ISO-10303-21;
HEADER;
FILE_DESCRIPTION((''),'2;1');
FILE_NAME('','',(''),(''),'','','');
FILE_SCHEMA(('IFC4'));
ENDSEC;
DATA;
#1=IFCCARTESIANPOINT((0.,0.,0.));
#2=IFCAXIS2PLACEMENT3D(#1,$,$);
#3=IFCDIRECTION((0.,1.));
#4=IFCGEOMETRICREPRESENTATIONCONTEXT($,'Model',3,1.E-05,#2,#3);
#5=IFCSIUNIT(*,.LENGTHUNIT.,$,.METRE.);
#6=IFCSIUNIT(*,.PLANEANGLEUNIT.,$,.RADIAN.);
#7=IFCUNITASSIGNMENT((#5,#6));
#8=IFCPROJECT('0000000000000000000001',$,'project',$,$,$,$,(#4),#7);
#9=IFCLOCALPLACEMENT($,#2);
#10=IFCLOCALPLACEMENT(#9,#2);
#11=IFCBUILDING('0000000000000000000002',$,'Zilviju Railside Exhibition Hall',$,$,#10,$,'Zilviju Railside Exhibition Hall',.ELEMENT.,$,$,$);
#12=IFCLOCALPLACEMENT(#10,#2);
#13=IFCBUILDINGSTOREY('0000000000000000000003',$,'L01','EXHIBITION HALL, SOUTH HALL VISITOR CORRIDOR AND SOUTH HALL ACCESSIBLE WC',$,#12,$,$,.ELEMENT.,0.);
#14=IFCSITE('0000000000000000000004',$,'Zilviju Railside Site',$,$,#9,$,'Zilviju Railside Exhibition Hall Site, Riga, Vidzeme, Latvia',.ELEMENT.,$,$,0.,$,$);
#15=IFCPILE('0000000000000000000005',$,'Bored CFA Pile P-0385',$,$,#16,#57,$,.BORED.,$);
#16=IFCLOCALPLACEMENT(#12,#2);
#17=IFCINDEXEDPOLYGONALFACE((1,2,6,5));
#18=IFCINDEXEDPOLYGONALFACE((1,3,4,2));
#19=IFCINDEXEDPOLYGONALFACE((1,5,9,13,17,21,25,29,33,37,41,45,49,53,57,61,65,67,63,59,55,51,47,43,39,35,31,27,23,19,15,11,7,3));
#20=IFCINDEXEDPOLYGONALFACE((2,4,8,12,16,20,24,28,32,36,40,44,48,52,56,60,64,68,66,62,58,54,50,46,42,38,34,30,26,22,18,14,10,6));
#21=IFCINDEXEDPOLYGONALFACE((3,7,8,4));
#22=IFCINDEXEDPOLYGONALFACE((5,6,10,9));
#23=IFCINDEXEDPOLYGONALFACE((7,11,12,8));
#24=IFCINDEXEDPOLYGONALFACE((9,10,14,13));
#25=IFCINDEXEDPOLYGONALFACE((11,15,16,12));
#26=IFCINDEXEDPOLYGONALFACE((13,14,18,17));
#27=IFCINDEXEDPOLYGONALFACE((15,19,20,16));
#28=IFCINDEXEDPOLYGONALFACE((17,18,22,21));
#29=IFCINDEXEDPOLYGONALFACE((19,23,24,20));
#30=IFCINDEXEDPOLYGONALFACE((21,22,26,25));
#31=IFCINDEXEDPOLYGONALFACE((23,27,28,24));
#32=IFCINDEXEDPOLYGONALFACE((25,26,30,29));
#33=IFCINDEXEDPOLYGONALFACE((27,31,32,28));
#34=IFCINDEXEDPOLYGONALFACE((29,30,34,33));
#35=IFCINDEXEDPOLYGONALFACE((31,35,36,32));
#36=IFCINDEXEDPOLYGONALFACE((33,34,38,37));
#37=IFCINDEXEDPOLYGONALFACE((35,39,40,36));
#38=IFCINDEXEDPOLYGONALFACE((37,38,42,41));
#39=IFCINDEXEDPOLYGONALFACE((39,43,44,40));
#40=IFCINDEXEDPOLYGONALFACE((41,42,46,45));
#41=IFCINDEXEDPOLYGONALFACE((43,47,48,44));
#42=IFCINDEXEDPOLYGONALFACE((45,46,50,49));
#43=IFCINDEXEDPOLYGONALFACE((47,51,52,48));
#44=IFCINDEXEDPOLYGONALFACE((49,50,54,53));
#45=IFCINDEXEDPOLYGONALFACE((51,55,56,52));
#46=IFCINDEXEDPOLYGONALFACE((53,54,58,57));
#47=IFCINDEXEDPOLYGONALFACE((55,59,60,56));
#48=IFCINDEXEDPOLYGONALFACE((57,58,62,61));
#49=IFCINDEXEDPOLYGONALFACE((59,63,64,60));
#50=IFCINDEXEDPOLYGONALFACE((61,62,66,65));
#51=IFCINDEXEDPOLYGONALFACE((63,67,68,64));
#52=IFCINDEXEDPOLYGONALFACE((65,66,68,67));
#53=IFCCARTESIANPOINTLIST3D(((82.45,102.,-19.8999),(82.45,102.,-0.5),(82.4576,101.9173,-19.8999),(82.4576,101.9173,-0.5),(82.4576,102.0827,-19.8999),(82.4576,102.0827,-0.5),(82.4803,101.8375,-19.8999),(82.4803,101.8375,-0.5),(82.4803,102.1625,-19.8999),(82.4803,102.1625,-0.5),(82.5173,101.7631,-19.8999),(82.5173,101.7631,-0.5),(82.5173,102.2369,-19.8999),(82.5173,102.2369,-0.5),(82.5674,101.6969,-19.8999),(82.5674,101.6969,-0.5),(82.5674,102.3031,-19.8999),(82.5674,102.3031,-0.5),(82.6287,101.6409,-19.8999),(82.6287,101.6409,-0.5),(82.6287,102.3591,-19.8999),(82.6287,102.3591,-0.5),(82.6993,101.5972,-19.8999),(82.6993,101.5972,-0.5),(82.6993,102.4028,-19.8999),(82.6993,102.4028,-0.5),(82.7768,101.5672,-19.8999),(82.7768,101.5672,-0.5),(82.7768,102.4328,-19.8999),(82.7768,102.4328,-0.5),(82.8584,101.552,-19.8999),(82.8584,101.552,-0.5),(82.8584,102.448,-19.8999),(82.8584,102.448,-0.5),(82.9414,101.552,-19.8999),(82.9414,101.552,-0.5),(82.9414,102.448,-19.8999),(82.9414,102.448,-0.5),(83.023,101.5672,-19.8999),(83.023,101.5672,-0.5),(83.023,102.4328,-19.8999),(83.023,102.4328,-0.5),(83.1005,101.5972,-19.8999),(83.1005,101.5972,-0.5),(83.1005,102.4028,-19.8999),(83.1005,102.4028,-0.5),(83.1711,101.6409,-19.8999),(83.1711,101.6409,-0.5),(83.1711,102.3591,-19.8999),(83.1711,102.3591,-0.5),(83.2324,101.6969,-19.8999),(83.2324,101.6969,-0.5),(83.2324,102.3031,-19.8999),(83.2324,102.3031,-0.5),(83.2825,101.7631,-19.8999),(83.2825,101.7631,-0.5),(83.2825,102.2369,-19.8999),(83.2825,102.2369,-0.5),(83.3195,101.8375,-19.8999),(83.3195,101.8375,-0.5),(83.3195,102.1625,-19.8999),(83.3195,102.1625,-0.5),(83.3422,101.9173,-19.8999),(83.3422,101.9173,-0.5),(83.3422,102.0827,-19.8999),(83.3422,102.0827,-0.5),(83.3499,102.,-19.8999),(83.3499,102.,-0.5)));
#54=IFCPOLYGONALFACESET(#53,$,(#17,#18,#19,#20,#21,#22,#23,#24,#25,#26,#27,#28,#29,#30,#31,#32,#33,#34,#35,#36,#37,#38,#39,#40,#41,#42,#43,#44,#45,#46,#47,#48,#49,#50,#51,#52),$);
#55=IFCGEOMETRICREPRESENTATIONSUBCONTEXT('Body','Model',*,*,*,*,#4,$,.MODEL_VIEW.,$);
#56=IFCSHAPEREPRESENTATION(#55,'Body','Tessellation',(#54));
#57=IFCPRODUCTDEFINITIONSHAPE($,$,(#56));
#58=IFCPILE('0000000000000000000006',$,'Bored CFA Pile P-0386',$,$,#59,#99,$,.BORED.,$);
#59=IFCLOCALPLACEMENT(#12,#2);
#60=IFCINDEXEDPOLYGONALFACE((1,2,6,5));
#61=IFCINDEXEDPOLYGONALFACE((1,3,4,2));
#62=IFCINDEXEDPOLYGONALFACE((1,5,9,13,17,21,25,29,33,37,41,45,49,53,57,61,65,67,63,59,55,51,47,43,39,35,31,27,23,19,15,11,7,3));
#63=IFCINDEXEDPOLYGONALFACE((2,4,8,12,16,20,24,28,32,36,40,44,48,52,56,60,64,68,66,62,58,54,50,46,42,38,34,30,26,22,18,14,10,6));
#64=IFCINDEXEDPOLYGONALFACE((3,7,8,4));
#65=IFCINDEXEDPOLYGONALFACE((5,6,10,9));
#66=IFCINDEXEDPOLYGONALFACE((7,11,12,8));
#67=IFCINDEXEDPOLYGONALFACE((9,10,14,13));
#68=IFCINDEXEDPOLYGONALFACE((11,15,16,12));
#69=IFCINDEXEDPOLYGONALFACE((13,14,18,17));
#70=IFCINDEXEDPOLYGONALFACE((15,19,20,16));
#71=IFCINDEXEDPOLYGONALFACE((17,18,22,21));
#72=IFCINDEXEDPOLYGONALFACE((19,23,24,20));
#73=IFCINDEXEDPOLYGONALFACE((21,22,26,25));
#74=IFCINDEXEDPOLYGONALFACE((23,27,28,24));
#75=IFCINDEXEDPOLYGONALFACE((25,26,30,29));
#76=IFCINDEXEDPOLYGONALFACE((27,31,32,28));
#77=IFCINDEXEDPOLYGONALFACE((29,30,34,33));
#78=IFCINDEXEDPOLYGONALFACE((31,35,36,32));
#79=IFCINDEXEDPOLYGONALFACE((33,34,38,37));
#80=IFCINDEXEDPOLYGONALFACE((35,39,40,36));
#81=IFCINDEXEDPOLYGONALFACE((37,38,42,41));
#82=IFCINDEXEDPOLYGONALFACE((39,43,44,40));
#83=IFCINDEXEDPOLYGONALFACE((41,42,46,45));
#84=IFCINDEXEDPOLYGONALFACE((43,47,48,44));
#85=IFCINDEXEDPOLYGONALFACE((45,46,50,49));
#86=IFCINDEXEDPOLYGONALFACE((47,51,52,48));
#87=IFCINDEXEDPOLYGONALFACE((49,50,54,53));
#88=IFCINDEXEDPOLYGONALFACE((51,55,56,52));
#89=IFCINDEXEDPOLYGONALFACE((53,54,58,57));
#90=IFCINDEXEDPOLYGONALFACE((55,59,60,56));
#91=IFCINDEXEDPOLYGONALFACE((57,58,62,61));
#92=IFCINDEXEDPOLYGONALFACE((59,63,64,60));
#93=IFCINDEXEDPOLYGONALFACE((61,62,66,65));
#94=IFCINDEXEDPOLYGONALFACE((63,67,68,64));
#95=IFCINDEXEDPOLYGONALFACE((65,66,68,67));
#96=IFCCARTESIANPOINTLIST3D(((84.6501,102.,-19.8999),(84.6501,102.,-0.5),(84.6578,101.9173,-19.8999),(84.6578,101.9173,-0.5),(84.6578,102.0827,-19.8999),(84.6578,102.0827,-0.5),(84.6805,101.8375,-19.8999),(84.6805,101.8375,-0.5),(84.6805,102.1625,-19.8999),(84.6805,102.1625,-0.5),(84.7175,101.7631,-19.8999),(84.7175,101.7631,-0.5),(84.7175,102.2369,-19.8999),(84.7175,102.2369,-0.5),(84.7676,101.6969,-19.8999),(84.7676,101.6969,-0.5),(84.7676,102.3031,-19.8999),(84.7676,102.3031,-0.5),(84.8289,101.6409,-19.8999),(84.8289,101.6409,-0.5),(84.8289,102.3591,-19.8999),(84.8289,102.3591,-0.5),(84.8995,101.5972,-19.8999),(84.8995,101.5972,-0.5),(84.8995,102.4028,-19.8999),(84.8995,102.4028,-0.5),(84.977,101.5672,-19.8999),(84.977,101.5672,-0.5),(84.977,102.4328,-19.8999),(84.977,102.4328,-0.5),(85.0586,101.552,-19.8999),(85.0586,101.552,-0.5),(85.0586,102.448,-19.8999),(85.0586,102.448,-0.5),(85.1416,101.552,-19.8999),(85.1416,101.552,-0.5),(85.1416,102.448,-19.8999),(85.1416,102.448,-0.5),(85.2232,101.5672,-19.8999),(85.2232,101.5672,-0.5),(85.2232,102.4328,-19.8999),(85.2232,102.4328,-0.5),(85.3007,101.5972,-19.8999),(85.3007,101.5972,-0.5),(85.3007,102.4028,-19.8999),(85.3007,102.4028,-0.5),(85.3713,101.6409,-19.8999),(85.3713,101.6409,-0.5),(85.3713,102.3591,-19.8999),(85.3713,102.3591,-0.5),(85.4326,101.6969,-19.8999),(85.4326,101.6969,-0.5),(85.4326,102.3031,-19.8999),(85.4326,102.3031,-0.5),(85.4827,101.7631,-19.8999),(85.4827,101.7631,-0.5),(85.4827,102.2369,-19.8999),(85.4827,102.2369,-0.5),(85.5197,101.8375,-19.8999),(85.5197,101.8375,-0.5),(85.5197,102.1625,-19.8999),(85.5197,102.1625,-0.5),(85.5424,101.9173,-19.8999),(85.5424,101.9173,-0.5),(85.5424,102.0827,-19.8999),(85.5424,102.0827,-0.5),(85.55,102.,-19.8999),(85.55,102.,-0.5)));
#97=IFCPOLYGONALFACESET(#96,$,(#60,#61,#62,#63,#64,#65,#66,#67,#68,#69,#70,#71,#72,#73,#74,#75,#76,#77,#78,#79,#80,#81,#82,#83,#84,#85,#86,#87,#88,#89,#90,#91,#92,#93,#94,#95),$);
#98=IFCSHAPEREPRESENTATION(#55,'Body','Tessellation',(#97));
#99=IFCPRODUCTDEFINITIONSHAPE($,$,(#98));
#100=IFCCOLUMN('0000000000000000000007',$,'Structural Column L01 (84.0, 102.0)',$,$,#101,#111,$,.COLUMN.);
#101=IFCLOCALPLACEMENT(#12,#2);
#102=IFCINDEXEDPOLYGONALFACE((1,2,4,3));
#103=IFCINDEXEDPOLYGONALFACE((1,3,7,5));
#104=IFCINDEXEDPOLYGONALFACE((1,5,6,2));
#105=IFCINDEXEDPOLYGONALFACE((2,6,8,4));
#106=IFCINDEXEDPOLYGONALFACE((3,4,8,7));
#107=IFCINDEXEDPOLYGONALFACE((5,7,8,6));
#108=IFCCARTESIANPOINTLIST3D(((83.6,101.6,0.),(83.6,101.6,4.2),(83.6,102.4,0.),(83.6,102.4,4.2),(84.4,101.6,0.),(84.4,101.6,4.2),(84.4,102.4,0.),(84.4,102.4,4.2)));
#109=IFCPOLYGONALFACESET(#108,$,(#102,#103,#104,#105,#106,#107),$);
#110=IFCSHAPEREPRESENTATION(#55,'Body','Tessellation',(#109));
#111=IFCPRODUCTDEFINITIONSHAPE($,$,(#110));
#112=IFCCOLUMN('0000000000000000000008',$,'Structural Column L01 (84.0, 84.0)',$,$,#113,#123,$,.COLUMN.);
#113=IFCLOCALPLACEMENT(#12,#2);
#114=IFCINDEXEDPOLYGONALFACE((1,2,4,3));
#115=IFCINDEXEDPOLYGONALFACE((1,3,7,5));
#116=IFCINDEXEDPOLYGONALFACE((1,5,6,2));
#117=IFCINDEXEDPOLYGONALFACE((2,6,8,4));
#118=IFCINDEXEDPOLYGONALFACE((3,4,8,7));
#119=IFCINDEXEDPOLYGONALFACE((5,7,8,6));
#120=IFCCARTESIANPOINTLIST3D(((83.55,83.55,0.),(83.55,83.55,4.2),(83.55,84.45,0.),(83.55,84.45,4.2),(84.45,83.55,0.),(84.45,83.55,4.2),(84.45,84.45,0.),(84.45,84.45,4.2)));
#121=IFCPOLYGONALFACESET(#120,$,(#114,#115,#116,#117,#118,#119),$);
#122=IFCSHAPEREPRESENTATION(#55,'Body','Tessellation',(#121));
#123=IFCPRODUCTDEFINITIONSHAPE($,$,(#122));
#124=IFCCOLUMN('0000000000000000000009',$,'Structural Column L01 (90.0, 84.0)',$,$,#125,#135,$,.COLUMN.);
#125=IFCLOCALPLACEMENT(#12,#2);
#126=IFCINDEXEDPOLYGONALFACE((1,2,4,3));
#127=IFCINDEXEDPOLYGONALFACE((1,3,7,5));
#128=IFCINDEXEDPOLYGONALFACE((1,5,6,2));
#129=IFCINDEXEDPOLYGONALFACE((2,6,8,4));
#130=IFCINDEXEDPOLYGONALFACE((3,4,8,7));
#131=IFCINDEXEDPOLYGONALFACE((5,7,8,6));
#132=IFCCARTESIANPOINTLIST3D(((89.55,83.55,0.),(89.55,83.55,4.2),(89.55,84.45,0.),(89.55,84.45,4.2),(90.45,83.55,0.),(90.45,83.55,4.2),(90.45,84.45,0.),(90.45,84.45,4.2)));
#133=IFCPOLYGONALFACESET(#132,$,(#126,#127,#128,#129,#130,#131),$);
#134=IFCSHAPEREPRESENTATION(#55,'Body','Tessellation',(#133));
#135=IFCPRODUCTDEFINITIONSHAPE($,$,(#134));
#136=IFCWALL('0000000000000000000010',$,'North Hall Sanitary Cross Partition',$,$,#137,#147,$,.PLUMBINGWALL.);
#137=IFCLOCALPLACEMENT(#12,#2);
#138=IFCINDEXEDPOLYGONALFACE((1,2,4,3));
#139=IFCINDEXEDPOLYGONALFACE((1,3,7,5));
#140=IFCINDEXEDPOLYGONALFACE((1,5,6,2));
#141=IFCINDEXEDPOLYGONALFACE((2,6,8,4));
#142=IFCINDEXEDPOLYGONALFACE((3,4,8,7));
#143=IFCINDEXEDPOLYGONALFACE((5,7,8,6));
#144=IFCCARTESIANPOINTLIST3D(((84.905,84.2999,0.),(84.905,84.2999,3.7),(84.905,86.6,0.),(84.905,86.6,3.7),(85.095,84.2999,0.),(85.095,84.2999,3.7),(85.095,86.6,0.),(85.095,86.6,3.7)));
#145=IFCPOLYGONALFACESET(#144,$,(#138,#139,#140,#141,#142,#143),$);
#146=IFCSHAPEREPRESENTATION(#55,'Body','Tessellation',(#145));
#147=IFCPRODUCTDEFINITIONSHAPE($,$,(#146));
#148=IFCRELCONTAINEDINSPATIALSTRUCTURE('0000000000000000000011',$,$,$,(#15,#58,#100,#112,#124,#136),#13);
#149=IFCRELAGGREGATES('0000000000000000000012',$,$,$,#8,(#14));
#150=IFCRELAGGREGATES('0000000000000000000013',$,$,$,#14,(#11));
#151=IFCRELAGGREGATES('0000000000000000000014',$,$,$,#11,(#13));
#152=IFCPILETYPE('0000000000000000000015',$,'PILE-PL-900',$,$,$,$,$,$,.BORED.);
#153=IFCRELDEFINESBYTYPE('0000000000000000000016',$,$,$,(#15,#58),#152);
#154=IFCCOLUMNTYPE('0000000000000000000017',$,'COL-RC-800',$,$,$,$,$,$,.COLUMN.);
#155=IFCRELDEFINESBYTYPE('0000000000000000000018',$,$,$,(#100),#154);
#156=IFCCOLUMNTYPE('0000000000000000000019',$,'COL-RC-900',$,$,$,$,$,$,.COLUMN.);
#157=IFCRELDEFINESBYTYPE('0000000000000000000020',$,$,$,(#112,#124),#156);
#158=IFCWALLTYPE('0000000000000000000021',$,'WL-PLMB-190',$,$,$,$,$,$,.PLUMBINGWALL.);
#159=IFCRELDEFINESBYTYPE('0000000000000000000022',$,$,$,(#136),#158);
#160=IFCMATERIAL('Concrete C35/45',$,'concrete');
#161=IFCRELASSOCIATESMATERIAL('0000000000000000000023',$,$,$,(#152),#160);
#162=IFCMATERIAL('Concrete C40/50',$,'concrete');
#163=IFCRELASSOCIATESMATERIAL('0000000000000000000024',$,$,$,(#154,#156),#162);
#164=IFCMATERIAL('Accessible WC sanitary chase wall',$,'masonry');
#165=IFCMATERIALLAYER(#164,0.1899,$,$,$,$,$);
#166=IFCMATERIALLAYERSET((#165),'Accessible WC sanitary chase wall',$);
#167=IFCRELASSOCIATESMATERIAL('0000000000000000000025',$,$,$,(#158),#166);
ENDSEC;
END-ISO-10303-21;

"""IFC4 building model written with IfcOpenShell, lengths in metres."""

from ifc_helpers import new_model, si_unit, direction, frame, frame_2d, origin, origin_2d, place, context, subcontext, project, spatial, rectangle, circle, extrude, material, layer, layer_set, material_profile, profile_set, type_object, element, save


model = new_model("IFC4")

# Units and contexts
model_context = context("Model", 3, precision=1e-05, world=origin(), true_north=direction((0.0, 1.0)))
body_context = subcontext(model_context, "Body", "Model", "MODEL_VIEW")
ifc_project = project(units=[si_unit("LENGTHUNIT", "METRE"), si_unit("PLANEANGLEUNIT", "RADIAN")], contexts=[model_context])

# Site, building, storey
site_placement = place(None, origin())
site = spatial("IfcSite", under=ifc_project, at=site_placement, Name="Zilviju Railside Site", LongName="Zilviju Railside Exhibition Hall Site, Riga, Vidzeme, Latvia", CompositionType="ELEMENT", RefElevation=0.0)
building_placement = place(site_placement, origin())
building = spatial("IfcBuilding", under=site, at=building_placement, Name="Zilviju Railside Exhibition Hall", LongName="Zilviju Railside Exhibition Hall", CompositionType="ELEMENT")
storey_placement = place(building_placement, origin())
storey = spatial("IfcBuildingStorey", under=building, at=storey_placement, Name="L01", Description="EXHIBITION HALL, SOUTH HALL VISITOR CORRIDOR AND SOUTH HALL ACCESSIBLE WC", CompositionType="ELEMENT", Elevation=0.0)

# Shared definitions
ifc_material_1 = material(Name="Concrete C35/45", Category="concrete")

# Piles
ifc_material_profile_1 = material_profile(ifc_material_1, circle(Radius=0.45, at=origin_2d()), Name="CFA PILE D900")
ifc_profile_set_1 = profile_set([ifc_material_profile_1], Name="Concrete C35/45")
pile_type = type_object("IfcPileType", Name="PILE-PL-900", PredefinedType="BORED", material=ifc_profile_set_1)
for number, where, z_axis, x_axis, name in (
    (1, (82.8999, 102.0, -0.5), (0.0, 0.0, -1.0), (1.0, 0.0, 0.0), "Bored CFA Pile P-0385"),
    (2, (85.1001, 102.0, -0.5), (0.0, 0.0, -1.0), (1.0, 0.0, 0.0), "Bored CFA Pile P-0386"),
):
    element("IfcPile", number, at=place(storey_placement, frame(where, z_axis=z_axis, x_axis=x_axis)), inside=storey, type_object=pile_type, Name=name, PredefinedType="BORED", context=body_context, shape_type="SweptSolid", body=[
        extrude(circle(Radius=0.45, at=origin_2d()), origin(), (0.0, 0.0, 1.0), 19.3999),
    ])

# Columns
ifc_material_2 = material(Name="Concrete C40/50", Category="concrete")
ifc_material_profile_2 = material_profile(ifc_material_2, rectangle(XDim=0.8, YDim=0.8, at=origin_2d()), Name="RC COL 800x800")
ifc_profile_set_2 = profile_set([ifc_material_profile_2], Name="Concrete C40/50")
column_type_1 = type_object("IfcColumnType", Name="COL-RC-800", PredefinedType="COLUMN", material=ifc_profile_set_2)
column_placement = place(storey_placement, frame((84.0, 102.0, 0.0), z_axis=(0.0, 0.0, 1.0), x_axis=(1.0, 0.0, 0.0)))
element("IfcColumn", 3, at=column_placement, inside=storey, type_object=column_type_1, Name="Structural Column L01 (84.0, 102.0)", PredefinedType="COLUMN", context=body_context, shape_type="SweptSolid", body=[
    extrude(rectangle(XDim=0.8, YDim=0.8, at=origin_2d()), origin(), (0.0, 0.0, 1.0), 4.2),
])
ifc_material_profile_3 = material_profile(ifc_material_2, rectangle(XDim=0.8999, YDim=0.8999, at=origin_2d()), Name="RC COL 900x900")
ifc_profile_set_3 = profile_set([ifc_material_profile_3], Name="Concrete C40/50")
column_type_2 = type_object("IfcColumnType", Name="COL-RC-900", PredefinedType="COLUMN", material=ifc_profile_set_3)
for number, where, z_axis, x_axis, name in (
    (4, (84.0, 84.0, 0.0), (0.0, 0.0, 1.0), (1.0, 0.0, 0.0), "Structural Column L01 (84.0, 84.0)"),
    (5, (90.0, 84.0, 0.0), (0.0, 0.0, 1.0), (1.0, 0.0, 0.0), "Structural Column L01 (90.0, 84.0)"),
):
    element("IfcColumn", number, at=place(storey_placement, frame(where, z_axis=z_axis, x_axis=x_axis)), inside=storey, type_object=column_type_2, Name=name, PredefinedType="COLUMN", context=body_context, shape_type="SweptSolid", body=[
        extrude(rectangle(XDim=0.8999, YDim=0.8999, at=origin_2d()), origin(), (0.0, 0.0, 1.0), 4.2),
    ])

# Wall
ifc_material_3 = material(Name="Accessible WC sanitary chase wall", Category="masonry")
ifc_layer = layer(ifc_material_3, 0.1899)
ifc_layer_set = layer_set([ifc_layer], Name="Accessible WC sanitary chase wall")
wall_type = type_object("IfcWallType", Name="WL-PLMB-190", PredefinedType="PLUMBINGWALL", material=ifc_layer_set)
wall_placement = place(storey_placement, frame((85.0, 84.3, 0.0), z_axis=(0.0, 0.0, 1.0), x_axis=(0.0, 1.0, 0.0)))
element("IfcWall", 6, at=wall_placement, inside=storey, type_object=wall_type, Name="North Hall Sanitary Cross Partition", PredefinedType="PLUMBINGWALL", context=body_context, shape_type="SweptSolid", body=[
    extrude(rectangle(XDim=2.3, YDim=0.1899, at=frame_2d((1.1499, 0.0))), origin(), (0.0, 0.0, 1.0), 3.7),
])

save(model, "model.ifc")
